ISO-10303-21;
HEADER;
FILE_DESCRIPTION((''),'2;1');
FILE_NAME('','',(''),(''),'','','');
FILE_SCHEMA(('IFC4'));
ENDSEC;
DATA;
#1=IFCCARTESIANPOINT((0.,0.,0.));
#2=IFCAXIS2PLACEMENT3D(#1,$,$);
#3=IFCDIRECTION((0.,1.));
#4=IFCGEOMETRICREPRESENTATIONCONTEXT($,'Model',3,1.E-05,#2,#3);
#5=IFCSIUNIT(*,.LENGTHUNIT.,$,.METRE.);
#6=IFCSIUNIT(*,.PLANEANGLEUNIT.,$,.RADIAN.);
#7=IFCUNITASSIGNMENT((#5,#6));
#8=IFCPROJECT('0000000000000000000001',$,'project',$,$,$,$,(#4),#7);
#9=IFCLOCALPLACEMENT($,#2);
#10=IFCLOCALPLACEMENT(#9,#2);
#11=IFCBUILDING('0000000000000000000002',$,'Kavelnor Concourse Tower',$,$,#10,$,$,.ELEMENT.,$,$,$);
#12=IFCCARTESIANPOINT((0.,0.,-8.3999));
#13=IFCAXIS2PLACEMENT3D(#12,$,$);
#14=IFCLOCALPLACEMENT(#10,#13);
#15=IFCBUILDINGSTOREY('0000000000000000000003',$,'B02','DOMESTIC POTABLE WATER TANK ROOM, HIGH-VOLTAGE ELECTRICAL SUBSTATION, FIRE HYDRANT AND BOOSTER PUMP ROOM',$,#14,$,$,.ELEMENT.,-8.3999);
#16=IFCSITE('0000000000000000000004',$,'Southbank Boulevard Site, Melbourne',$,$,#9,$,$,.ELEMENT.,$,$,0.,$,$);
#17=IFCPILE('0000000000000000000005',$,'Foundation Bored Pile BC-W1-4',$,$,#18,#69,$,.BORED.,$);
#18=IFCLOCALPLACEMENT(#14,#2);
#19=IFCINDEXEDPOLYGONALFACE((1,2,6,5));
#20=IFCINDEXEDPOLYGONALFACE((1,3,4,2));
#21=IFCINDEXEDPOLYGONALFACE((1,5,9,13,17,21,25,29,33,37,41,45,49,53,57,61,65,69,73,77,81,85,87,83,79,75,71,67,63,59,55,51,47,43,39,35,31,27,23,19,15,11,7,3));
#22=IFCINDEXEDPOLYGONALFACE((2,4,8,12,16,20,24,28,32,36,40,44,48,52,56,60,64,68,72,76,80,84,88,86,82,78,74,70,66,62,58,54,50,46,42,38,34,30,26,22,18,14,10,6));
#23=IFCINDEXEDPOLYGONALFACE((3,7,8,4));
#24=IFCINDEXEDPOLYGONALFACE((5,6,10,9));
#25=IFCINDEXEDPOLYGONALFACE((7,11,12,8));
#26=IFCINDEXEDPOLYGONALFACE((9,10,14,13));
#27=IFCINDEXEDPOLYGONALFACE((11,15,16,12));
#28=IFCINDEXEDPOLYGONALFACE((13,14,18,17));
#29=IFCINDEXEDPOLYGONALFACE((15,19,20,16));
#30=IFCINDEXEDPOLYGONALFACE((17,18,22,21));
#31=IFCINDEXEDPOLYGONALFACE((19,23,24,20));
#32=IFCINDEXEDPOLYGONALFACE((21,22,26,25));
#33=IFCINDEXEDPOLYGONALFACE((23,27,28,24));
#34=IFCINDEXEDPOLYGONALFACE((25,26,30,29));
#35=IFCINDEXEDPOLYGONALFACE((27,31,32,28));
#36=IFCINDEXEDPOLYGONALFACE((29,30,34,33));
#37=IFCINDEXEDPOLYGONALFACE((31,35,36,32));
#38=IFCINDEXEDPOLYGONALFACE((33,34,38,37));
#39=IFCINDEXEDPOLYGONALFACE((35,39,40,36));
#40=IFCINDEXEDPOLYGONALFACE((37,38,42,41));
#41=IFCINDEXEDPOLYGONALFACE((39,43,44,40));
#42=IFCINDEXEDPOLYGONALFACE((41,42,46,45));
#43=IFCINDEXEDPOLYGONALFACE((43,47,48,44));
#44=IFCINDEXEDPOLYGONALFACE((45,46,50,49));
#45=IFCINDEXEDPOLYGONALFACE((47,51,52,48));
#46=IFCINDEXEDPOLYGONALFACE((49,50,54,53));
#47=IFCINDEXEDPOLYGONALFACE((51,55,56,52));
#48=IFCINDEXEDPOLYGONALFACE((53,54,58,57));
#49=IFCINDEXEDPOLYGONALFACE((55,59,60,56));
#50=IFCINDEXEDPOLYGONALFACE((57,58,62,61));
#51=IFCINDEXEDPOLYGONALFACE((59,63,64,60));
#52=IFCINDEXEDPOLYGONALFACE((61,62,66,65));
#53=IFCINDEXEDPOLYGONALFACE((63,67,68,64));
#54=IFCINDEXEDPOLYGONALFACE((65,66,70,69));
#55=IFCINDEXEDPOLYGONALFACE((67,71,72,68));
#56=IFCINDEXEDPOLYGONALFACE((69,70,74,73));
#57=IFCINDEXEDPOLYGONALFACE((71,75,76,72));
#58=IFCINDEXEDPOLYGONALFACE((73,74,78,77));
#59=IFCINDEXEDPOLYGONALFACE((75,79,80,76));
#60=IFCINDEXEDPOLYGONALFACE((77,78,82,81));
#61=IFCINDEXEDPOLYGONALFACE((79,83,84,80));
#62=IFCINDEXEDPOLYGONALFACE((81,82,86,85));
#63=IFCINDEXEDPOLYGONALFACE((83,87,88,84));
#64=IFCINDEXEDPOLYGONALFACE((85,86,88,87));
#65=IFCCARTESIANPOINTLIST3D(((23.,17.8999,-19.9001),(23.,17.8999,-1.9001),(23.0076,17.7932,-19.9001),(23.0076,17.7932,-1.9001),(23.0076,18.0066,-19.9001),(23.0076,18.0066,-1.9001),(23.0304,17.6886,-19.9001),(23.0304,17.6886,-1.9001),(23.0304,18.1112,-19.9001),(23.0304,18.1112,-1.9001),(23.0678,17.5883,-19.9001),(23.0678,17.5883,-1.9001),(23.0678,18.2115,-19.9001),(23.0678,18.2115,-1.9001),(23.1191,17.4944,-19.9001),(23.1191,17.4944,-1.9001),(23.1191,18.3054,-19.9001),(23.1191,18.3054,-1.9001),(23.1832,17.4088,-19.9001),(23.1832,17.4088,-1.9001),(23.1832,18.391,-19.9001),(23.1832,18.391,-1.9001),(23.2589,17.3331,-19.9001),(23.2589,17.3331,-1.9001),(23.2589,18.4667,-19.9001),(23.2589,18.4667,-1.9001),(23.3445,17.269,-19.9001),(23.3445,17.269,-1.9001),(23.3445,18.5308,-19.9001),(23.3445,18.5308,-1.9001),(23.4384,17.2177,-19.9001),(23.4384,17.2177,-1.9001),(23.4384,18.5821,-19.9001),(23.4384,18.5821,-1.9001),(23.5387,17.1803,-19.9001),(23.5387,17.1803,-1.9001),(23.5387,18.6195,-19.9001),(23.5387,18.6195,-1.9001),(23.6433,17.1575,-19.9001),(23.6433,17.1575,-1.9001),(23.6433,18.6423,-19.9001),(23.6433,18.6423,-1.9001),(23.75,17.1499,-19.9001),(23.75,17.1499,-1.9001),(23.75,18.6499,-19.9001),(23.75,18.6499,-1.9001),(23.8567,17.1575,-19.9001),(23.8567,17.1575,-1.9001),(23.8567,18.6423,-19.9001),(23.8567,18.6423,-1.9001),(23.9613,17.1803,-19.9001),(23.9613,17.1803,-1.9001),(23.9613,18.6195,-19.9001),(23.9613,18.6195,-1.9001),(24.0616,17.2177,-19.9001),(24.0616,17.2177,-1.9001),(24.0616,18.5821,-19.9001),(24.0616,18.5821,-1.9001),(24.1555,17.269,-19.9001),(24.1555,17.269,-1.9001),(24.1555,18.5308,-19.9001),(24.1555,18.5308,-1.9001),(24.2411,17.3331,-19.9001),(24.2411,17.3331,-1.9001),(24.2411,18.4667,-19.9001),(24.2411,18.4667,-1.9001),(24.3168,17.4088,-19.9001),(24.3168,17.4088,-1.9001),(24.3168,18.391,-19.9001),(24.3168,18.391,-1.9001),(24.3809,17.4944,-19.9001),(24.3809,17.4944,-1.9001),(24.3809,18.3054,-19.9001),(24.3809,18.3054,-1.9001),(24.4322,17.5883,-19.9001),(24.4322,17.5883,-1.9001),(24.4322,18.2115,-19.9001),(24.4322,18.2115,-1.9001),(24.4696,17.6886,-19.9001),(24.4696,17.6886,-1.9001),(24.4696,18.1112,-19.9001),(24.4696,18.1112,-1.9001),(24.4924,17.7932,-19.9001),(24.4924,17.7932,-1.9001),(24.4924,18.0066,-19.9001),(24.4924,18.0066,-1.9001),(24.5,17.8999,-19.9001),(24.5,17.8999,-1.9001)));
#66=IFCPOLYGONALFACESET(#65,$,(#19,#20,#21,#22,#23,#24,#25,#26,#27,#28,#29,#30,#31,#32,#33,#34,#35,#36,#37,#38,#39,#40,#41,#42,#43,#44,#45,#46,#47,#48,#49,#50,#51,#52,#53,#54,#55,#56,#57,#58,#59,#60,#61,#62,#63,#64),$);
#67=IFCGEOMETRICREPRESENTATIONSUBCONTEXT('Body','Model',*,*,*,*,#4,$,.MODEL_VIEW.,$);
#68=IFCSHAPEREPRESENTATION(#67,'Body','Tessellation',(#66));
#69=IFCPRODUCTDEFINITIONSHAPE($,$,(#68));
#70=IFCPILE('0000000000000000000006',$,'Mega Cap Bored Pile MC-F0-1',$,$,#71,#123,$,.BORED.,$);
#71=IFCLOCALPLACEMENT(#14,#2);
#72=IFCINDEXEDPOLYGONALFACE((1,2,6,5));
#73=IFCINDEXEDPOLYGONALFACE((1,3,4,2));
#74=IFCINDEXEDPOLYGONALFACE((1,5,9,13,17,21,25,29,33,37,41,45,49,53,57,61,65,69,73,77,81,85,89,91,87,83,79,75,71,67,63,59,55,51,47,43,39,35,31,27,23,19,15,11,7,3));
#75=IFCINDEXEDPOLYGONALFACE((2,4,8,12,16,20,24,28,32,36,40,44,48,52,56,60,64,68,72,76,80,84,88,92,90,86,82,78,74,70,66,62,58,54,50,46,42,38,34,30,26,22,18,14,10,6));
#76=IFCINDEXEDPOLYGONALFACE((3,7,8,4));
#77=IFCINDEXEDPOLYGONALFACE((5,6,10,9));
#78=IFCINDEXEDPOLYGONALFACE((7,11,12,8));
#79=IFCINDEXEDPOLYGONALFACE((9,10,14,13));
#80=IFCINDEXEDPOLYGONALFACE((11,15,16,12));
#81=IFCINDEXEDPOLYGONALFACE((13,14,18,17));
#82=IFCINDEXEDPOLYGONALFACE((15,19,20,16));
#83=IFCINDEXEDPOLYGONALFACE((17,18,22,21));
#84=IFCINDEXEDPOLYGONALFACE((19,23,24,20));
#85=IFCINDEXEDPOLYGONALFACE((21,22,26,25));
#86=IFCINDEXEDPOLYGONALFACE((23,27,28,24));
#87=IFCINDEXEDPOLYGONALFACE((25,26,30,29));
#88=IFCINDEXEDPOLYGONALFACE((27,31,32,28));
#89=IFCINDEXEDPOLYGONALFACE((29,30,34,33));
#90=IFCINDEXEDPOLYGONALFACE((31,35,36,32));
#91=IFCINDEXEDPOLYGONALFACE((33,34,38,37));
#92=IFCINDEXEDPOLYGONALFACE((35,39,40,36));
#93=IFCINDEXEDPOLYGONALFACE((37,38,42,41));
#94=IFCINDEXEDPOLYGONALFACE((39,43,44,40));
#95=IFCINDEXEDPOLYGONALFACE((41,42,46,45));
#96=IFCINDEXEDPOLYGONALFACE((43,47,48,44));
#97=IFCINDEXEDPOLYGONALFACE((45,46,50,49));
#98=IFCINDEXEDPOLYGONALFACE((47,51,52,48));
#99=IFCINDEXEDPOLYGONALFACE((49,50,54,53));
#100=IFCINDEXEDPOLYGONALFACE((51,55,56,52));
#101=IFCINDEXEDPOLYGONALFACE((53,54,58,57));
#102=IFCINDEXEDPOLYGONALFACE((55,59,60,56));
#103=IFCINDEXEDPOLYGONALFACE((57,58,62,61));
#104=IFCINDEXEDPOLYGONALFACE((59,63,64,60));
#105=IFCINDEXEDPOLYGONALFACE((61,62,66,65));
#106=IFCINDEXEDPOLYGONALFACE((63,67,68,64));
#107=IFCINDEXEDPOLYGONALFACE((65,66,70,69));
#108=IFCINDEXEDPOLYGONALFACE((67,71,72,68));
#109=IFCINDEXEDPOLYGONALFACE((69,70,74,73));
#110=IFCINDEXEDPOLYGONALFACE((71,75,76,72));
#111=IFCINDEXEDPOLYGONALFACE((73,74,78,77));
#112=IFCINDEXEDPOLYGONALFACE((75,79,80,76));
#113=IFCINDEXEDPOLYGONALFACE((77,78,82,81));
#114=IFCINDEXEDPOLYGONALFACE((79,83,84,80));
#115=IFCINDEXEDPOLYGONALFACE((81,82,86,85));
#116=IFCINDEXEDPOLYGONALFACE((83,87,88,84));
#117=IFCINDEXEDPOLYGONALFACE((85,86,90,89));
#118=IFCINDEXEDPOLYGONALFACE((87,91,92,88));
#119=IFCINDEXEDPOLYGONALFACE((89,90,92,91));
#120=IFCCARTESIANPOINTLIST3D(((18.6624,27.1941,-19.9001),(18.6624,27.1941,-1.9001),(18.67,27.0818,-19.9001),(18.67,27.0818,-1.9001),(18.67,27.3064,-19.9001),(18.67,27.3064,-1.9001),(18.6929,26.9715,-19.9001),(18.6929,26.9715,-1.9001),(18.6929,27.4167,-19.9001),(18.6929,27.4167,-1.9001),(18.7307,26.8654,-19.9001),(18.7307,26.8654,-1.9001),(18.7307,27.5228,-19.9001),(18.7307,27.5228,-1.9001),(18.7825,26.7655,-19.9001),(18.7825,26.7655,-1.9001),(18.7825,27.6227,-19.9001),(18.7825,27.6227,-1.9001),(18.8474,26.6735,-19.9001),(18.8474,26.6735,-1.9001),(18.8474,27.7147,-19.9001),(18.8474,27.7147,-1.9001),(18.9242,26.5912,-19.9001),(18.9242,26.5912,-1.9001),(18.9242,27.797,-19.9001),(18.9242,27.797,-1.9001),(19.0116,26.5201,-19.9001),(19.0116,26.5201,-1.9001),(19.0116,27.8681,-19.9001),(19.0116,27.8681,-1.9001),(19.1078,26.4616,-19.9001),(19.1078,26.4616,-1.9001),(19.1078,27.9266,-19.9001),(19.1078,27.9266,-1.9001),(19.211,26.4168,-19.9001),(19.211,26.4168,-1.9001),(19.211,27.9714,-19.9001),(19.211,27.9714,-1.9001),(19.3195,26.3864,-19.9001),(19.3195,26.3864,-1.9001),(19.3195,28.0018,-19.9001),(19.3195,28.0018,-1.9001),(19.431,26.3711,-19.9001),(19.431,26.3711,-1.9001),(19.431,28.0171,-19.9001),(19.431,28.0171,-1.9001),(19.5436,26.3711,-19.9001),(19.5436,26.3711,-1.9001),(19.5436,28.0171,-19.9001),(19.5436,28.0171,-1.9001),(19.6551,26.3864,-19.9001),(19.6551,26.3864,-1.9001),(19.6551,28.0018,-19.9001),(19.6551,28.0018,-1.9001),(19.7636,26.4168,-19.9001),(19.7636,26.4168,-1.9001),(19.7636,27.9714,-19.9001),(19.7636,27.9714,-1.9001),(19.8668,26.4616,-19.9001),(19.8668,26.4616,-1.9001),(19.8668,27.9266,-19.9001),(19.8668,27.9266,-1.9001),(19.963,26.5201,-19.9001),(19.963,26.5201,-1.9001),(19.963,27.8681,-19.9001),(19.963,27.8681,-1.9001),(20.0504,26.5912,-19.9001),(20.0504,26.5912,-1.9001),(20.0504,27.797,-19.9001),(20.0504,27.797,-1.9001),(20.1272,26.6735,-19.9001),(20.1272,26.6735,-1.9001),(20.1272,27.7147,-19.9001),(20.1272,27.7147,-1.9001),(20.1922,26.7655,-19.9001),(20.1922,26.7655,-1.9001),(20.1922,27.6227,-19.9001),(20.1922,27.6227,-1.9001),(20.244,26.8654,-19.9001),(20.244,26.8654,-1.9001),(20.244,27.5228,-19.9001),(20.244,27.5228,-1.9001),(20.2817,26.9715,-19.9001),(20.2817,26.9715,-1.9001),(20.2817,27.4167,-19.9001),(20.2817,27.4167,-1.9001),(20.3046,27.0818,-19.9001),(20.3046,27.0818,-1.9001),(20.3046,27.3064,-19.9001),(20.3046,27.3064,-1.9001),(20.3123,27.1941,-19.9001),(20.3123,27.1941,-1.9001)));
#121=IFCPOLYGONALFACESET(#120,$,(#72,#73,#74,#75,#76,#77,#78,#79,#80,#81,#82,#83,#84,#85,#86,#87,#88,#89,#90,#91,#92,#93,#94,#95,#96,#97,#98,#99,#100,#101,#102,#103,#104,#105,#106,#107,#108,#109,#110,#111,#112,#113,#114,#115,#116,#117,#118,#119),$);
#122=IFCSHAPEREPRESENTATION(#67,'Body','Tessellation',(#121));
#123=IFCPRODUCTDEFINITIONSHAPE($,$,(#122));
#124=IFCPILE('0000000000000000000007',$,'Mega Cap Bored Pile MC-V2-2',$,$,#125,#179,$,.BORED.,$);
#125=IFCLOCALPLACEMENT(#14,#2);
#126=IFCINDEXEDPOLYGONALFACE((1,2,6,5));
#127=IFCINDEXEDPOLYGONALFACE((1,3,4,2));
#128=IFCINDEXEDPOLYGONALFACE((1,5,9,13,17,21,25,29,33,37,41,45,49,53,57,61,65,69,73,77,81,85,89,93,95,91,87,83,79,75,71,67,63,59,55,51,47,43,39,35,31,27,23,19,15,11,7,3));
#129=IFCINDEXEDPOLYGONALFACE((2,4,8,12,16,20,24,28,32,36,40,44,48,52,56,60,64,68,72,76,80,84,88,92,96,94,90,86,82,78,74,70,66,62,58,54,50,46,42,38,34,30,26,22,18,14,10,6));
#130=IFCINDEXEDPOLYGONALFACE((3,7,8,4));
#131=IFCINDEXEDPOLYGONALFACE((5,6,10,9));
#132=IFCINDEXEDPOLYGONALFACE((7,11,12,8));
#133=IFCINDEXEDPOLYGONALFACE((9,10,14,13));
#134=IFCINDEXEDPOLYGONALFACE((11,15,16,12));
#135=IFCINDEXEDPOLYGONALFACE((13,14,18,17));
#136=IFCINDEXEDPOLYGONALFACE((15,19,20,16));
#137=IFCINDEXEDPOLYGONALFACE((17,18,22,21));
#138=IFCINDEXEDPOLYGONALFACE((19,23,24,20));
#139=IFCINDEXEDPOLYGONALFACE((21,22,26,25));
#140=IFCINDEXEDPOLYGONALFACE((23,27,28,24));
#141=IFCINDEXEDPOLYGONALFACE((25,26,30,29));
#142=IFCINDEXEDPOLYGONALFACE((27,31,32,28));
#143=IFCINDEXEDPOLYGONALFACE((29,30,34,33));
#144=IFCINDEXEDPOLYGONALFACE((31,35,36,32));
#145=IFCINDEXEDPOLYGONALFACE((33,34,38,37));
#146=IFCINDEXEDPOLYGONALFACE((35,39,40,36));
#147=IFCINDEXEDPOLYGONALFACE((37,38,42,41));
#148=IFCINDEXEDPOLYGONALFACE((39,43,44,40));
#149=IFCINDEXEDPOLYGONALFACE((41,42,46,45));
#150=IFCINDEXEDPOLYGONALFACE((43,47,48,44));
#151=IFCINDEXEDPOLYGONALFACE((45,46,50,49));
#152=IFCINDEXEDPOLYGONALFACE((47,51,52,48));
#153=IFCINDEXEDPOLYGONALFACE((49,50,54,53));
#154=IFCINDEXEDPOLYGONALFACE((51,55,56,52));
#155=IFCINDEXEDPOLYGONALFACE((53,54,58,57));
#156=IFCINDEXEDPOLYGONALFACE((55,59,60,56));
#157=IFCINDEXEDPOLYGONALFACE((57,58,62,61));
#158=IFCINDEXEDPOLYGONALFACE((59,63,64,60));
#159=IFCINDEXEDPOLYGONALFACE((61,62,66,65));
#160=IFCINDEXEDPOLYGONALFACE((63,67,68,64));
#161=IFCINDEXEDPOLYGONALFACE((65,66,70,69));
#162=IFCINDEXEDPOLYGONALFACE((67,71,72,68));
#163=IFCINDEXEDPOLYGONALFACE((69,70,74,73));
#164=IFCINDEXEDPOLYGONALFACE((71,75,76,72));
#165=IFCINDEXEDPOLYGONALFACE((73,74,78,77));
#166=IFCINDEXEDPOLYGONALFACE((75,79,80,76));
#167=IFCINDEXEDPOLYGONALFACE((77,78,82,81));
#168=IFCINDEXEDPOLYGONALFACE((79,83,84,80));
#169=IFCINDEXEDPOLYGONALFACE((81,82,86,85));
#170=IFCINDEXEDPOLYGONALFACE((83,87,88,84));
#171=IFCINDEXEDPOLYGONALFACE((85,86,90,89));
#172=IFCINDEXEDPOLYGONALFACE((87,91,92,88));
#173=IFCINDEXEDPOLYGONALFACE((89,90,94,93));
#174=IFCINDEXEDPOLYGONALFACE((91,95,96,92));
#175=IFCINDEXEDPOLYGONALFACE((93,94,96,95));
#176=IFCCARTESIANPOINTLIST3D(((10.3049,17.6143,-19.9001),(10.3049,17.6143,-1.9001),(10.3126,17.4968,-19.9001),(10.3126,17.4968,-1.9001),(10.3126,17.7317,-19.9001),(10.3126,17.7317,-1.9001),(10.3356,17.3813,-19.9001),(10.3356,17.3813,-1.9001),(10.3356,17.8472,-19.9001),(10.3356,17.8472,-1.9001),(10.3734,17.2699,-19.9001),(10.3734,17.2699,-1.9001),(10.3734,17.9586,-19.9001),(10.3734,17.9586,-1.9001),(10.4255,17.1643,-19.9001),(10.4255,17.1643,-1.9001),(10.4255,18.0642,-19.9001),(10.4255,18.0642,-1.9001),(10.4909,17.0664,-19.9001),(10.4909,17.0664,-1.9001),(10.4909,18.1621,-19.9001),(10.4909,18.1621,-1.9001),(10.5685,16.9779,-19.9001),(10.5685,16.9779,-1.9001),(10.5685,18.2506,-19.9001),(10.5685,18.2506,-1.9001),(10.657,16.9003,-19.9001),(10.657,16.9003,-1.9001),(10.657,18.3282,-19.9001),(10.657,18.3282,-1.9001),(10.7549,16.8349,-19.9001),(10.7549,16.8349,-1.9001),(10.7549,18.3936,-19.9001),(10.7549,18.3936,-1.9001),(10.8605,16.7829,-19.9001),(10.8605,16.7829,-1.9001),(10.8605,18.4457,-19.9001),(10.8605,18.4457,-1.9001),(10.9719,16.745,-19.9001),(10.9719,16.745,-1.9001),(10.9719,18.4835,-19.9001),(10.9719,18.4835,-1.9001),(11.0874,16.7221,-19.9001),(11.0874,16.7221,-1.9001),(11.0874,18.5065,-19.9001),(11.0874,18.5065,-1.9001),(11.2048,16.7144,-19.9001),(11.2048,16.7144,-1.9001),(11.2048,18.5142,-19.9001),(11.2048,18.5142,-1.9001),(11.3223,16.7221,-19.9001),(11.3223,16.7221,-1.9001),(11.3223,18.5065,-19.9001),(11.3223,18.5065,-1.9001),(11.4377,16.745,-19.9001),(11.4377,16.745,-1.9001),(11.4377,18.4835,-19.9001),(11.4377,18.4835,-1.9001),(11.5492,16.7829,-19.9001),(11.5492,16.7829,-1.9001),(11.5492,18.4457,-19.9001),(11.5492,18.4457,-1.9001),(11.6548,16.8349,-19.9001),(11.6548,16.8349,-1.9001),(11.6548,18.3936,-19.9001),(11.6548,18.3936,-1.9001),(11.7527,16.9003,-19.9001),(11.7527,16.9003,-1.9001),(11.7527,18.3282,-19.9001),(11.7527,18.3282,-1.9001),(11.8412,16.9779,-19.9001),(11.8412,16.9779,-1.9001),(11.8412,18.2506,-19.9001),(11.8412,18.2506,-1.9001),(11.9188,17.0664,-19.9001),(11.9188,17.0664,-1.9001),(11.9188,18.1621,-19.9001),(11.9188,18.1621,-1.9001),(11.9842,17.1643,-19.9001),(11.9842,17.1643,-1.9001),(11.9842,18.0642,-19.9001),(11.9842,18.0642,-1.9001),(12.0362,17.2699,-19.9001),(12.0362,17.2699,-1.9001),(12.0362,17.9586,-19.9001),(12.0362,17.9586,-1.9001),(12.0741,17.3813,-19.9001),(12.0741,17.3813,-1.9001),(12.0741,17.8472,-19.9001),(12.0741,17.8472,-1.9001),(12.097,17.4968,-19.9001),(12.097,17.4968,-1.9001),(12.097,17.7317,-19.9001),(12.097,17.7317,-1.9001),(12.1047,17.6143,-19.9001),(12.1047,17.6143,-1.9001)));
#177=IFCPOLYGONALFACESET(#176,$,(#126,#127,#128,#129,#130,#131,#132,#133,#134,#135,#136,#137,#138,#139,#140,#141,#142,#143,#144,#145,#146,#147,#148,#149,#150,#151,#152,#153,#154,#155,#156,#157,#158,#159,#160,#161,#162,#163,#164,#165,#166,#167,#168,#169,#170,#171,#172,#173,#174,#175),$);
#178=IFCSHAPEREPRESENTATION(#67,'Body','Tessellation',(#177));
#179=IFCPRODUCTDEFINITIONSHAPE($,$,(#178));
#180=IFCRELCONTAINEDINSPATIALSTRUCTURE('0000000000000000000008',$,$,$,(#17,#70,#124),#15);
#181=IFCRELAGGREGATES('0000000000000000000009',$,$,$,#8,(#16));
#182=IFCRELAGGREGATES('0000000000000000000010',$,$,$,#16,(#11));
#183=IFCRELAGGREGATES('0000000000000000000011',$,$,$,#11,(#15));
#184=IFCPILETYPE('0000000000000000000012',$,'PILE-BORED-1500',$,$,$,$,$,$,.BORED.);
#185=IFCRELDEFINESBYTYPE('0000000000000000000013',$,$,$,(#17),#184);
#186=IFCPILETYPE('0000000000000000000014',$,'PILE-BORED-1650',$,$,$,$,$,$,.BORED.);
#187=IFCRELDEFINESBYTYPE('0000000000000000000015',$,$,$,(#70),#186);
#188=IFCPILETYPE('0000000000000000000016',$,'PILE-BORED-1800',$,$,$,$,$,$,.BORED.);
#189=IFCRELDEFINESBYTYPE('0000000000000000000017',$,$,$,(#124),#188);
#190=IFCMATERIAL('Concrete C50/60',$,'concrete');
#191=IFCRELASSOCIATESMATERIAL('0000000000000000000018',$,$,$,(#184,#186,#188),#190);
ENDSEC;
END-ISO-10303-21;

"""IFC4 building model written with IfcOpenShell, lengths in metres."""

from ifc_helpers import new_model, si_unit, direction, frame, origin, origin_2d, place, context, subcontext, project, spatial, circle, extrude, material, material_profile, profile_set, type_object, element, save


model = new_model("IFC4")

# Units and contexts
model_context = context("Model", 3, precision=1e-05, world=origin(), true_north=direction((0.0, 1.0)))
body_context = subcontext(model_context, "Body", "Model", "MODEL_VIEW")
ifc_project = project(units=[si_unit("LENGTHUNIT", "METRE"), si_unit("PLANEANGLEUNIT", "RADIAN")], contexts=[model_context])

# Site, building, storey
site_placement = place(None, origin())
site = spatial("IfcSite", under=ifc_project, at=site_placement, Name="Southbank Boulevard Site, Melbourne", CompositionType="ELEMENT", RefElevation=0.0)
building_placement = place(site_placement, origin())
building = spatial("IfcBuilding", under=site, at=building_placement, Name="Kavelnor Concourse Tower", CompositionType="ELEMENT")
storey_placement = place(building_placement, frame((0.0, 0.0, -8.3999)))
storey = spatial("IfcBuildingStorey", under=building, at=storey_placement, Name="B02", Description="DOMESTIC POTABLE WATER TANK ROOM, HIGH-VOLTAGE ELECTRICAL SUBSTATION, FIRE HYDRANT AND BOOSTER PUMP ROOM", CompositionType="ELEMENT", Elevation=-8.3999)

# Shared definitions
ifc_material_1 = material(Name="Concrete C50/60", Category="concrete")

# Piles
ifc_material_profile_1 = material_profile(ifc_material_1, circle(Radius=0.75, at=origin_2d()), Name="PILE-D1500")
ifc_profile_set_1 = profile_set([ifc_material_profile_1], Name="Concrete C50/60")
pile_type_1 = type_object("IfcPileType", Name="PILE-BORED-1500", PredefinedType="BORED", material=ifc_profile_set_1)
for number, where, z_axis, x_axis, name in (
    (1, (23.75, 17.8999, -1.9001), (0.0, 0.0, -1.0), (1.0, 0.0, 0.0), "Foundation Bored Pile BC-W1-4"),
):
    element("IfcPile", number, at=place(storey_placement, frame(where, z_axis=z_axis, x_axis=x_axis)), inside=storey, type_object=pile_type_1, Name=name, PredefinedType="BORED", context=body_context, shape_type="SweptSolid", body=[
        extrude(circle(Radius=0.75, at=origin_2d()), origin(), (0.0, 0.0, 1.0), 18.0),
    ])
ifc_material_profile_2 = material_profile(ifc_material_1, circle(Radius=0.825, at=origin_2d()), Name="PILE-D1650")
ifc_profile_set_2 = profile_set([ifc_material_profile_2], Name="Concrete C50/60")
pile_type_2 = type_object("IfcPileType", Name="PILE-BORED-1650", PredefinedType="BORED", material=ifc_profile_set_2)
pile_placement = place(storey_placement, frame((19.4873, 27.1941, -1.9001), z_axis=(0.0, 0.0, -1.0), x_axis=(1.0, 0.0, 0.0)))
element("IfcPile", 2, at=pile_placement, inside=storey, type_object=pile_type_2, Name="Mega Cap Bored Pile MC-F0-1", PredefinedType="BORED", context=body_context, shape_type="SweptSolid", body=[
    extrude(circle(Radius=0.825, at=origin_2d()), origin(), (0.0, 0.0, 1.0), 18.0),
])
ifc_material_profile_3 = material_profile(ifc_material_1, circle(Radius=0.8999, at=origin_2d()), Name="PILE-D1800")
ifc_profile_set_3 = profile_set([ifc_material_profile_3], Name="Concrete C50/60")
pile_type_3 = type_object("IfcPileType", Name="PILE-BORED-1800", PredefinedType="BORED", material=ifc_profile_set_3)
for number, where, z_axis, x_axis, name in (
    (3, (11.2048, 17.6143, -1.9001), (0.0, 0.0, -1.0), (1.0, 0.0, 0.0), "Mega Cap Bored Pile MC-V2-2"),
):
    element("IfcPile", number, at=place(storey_placement, frame(where, z_axis=z_axis, x_axis=x_axis)), inside=storey, type_object=pile_type_3, Name=name, PredefinedType="BORED", context=body_context, shape_type="SweptSolid", body=[
        extrude(circle(Radius=0.8999, at=origin_2d()), origin(), (0.0, 0.0, 1.0), 18.0),
    ])

save(model, "model.ifc")
